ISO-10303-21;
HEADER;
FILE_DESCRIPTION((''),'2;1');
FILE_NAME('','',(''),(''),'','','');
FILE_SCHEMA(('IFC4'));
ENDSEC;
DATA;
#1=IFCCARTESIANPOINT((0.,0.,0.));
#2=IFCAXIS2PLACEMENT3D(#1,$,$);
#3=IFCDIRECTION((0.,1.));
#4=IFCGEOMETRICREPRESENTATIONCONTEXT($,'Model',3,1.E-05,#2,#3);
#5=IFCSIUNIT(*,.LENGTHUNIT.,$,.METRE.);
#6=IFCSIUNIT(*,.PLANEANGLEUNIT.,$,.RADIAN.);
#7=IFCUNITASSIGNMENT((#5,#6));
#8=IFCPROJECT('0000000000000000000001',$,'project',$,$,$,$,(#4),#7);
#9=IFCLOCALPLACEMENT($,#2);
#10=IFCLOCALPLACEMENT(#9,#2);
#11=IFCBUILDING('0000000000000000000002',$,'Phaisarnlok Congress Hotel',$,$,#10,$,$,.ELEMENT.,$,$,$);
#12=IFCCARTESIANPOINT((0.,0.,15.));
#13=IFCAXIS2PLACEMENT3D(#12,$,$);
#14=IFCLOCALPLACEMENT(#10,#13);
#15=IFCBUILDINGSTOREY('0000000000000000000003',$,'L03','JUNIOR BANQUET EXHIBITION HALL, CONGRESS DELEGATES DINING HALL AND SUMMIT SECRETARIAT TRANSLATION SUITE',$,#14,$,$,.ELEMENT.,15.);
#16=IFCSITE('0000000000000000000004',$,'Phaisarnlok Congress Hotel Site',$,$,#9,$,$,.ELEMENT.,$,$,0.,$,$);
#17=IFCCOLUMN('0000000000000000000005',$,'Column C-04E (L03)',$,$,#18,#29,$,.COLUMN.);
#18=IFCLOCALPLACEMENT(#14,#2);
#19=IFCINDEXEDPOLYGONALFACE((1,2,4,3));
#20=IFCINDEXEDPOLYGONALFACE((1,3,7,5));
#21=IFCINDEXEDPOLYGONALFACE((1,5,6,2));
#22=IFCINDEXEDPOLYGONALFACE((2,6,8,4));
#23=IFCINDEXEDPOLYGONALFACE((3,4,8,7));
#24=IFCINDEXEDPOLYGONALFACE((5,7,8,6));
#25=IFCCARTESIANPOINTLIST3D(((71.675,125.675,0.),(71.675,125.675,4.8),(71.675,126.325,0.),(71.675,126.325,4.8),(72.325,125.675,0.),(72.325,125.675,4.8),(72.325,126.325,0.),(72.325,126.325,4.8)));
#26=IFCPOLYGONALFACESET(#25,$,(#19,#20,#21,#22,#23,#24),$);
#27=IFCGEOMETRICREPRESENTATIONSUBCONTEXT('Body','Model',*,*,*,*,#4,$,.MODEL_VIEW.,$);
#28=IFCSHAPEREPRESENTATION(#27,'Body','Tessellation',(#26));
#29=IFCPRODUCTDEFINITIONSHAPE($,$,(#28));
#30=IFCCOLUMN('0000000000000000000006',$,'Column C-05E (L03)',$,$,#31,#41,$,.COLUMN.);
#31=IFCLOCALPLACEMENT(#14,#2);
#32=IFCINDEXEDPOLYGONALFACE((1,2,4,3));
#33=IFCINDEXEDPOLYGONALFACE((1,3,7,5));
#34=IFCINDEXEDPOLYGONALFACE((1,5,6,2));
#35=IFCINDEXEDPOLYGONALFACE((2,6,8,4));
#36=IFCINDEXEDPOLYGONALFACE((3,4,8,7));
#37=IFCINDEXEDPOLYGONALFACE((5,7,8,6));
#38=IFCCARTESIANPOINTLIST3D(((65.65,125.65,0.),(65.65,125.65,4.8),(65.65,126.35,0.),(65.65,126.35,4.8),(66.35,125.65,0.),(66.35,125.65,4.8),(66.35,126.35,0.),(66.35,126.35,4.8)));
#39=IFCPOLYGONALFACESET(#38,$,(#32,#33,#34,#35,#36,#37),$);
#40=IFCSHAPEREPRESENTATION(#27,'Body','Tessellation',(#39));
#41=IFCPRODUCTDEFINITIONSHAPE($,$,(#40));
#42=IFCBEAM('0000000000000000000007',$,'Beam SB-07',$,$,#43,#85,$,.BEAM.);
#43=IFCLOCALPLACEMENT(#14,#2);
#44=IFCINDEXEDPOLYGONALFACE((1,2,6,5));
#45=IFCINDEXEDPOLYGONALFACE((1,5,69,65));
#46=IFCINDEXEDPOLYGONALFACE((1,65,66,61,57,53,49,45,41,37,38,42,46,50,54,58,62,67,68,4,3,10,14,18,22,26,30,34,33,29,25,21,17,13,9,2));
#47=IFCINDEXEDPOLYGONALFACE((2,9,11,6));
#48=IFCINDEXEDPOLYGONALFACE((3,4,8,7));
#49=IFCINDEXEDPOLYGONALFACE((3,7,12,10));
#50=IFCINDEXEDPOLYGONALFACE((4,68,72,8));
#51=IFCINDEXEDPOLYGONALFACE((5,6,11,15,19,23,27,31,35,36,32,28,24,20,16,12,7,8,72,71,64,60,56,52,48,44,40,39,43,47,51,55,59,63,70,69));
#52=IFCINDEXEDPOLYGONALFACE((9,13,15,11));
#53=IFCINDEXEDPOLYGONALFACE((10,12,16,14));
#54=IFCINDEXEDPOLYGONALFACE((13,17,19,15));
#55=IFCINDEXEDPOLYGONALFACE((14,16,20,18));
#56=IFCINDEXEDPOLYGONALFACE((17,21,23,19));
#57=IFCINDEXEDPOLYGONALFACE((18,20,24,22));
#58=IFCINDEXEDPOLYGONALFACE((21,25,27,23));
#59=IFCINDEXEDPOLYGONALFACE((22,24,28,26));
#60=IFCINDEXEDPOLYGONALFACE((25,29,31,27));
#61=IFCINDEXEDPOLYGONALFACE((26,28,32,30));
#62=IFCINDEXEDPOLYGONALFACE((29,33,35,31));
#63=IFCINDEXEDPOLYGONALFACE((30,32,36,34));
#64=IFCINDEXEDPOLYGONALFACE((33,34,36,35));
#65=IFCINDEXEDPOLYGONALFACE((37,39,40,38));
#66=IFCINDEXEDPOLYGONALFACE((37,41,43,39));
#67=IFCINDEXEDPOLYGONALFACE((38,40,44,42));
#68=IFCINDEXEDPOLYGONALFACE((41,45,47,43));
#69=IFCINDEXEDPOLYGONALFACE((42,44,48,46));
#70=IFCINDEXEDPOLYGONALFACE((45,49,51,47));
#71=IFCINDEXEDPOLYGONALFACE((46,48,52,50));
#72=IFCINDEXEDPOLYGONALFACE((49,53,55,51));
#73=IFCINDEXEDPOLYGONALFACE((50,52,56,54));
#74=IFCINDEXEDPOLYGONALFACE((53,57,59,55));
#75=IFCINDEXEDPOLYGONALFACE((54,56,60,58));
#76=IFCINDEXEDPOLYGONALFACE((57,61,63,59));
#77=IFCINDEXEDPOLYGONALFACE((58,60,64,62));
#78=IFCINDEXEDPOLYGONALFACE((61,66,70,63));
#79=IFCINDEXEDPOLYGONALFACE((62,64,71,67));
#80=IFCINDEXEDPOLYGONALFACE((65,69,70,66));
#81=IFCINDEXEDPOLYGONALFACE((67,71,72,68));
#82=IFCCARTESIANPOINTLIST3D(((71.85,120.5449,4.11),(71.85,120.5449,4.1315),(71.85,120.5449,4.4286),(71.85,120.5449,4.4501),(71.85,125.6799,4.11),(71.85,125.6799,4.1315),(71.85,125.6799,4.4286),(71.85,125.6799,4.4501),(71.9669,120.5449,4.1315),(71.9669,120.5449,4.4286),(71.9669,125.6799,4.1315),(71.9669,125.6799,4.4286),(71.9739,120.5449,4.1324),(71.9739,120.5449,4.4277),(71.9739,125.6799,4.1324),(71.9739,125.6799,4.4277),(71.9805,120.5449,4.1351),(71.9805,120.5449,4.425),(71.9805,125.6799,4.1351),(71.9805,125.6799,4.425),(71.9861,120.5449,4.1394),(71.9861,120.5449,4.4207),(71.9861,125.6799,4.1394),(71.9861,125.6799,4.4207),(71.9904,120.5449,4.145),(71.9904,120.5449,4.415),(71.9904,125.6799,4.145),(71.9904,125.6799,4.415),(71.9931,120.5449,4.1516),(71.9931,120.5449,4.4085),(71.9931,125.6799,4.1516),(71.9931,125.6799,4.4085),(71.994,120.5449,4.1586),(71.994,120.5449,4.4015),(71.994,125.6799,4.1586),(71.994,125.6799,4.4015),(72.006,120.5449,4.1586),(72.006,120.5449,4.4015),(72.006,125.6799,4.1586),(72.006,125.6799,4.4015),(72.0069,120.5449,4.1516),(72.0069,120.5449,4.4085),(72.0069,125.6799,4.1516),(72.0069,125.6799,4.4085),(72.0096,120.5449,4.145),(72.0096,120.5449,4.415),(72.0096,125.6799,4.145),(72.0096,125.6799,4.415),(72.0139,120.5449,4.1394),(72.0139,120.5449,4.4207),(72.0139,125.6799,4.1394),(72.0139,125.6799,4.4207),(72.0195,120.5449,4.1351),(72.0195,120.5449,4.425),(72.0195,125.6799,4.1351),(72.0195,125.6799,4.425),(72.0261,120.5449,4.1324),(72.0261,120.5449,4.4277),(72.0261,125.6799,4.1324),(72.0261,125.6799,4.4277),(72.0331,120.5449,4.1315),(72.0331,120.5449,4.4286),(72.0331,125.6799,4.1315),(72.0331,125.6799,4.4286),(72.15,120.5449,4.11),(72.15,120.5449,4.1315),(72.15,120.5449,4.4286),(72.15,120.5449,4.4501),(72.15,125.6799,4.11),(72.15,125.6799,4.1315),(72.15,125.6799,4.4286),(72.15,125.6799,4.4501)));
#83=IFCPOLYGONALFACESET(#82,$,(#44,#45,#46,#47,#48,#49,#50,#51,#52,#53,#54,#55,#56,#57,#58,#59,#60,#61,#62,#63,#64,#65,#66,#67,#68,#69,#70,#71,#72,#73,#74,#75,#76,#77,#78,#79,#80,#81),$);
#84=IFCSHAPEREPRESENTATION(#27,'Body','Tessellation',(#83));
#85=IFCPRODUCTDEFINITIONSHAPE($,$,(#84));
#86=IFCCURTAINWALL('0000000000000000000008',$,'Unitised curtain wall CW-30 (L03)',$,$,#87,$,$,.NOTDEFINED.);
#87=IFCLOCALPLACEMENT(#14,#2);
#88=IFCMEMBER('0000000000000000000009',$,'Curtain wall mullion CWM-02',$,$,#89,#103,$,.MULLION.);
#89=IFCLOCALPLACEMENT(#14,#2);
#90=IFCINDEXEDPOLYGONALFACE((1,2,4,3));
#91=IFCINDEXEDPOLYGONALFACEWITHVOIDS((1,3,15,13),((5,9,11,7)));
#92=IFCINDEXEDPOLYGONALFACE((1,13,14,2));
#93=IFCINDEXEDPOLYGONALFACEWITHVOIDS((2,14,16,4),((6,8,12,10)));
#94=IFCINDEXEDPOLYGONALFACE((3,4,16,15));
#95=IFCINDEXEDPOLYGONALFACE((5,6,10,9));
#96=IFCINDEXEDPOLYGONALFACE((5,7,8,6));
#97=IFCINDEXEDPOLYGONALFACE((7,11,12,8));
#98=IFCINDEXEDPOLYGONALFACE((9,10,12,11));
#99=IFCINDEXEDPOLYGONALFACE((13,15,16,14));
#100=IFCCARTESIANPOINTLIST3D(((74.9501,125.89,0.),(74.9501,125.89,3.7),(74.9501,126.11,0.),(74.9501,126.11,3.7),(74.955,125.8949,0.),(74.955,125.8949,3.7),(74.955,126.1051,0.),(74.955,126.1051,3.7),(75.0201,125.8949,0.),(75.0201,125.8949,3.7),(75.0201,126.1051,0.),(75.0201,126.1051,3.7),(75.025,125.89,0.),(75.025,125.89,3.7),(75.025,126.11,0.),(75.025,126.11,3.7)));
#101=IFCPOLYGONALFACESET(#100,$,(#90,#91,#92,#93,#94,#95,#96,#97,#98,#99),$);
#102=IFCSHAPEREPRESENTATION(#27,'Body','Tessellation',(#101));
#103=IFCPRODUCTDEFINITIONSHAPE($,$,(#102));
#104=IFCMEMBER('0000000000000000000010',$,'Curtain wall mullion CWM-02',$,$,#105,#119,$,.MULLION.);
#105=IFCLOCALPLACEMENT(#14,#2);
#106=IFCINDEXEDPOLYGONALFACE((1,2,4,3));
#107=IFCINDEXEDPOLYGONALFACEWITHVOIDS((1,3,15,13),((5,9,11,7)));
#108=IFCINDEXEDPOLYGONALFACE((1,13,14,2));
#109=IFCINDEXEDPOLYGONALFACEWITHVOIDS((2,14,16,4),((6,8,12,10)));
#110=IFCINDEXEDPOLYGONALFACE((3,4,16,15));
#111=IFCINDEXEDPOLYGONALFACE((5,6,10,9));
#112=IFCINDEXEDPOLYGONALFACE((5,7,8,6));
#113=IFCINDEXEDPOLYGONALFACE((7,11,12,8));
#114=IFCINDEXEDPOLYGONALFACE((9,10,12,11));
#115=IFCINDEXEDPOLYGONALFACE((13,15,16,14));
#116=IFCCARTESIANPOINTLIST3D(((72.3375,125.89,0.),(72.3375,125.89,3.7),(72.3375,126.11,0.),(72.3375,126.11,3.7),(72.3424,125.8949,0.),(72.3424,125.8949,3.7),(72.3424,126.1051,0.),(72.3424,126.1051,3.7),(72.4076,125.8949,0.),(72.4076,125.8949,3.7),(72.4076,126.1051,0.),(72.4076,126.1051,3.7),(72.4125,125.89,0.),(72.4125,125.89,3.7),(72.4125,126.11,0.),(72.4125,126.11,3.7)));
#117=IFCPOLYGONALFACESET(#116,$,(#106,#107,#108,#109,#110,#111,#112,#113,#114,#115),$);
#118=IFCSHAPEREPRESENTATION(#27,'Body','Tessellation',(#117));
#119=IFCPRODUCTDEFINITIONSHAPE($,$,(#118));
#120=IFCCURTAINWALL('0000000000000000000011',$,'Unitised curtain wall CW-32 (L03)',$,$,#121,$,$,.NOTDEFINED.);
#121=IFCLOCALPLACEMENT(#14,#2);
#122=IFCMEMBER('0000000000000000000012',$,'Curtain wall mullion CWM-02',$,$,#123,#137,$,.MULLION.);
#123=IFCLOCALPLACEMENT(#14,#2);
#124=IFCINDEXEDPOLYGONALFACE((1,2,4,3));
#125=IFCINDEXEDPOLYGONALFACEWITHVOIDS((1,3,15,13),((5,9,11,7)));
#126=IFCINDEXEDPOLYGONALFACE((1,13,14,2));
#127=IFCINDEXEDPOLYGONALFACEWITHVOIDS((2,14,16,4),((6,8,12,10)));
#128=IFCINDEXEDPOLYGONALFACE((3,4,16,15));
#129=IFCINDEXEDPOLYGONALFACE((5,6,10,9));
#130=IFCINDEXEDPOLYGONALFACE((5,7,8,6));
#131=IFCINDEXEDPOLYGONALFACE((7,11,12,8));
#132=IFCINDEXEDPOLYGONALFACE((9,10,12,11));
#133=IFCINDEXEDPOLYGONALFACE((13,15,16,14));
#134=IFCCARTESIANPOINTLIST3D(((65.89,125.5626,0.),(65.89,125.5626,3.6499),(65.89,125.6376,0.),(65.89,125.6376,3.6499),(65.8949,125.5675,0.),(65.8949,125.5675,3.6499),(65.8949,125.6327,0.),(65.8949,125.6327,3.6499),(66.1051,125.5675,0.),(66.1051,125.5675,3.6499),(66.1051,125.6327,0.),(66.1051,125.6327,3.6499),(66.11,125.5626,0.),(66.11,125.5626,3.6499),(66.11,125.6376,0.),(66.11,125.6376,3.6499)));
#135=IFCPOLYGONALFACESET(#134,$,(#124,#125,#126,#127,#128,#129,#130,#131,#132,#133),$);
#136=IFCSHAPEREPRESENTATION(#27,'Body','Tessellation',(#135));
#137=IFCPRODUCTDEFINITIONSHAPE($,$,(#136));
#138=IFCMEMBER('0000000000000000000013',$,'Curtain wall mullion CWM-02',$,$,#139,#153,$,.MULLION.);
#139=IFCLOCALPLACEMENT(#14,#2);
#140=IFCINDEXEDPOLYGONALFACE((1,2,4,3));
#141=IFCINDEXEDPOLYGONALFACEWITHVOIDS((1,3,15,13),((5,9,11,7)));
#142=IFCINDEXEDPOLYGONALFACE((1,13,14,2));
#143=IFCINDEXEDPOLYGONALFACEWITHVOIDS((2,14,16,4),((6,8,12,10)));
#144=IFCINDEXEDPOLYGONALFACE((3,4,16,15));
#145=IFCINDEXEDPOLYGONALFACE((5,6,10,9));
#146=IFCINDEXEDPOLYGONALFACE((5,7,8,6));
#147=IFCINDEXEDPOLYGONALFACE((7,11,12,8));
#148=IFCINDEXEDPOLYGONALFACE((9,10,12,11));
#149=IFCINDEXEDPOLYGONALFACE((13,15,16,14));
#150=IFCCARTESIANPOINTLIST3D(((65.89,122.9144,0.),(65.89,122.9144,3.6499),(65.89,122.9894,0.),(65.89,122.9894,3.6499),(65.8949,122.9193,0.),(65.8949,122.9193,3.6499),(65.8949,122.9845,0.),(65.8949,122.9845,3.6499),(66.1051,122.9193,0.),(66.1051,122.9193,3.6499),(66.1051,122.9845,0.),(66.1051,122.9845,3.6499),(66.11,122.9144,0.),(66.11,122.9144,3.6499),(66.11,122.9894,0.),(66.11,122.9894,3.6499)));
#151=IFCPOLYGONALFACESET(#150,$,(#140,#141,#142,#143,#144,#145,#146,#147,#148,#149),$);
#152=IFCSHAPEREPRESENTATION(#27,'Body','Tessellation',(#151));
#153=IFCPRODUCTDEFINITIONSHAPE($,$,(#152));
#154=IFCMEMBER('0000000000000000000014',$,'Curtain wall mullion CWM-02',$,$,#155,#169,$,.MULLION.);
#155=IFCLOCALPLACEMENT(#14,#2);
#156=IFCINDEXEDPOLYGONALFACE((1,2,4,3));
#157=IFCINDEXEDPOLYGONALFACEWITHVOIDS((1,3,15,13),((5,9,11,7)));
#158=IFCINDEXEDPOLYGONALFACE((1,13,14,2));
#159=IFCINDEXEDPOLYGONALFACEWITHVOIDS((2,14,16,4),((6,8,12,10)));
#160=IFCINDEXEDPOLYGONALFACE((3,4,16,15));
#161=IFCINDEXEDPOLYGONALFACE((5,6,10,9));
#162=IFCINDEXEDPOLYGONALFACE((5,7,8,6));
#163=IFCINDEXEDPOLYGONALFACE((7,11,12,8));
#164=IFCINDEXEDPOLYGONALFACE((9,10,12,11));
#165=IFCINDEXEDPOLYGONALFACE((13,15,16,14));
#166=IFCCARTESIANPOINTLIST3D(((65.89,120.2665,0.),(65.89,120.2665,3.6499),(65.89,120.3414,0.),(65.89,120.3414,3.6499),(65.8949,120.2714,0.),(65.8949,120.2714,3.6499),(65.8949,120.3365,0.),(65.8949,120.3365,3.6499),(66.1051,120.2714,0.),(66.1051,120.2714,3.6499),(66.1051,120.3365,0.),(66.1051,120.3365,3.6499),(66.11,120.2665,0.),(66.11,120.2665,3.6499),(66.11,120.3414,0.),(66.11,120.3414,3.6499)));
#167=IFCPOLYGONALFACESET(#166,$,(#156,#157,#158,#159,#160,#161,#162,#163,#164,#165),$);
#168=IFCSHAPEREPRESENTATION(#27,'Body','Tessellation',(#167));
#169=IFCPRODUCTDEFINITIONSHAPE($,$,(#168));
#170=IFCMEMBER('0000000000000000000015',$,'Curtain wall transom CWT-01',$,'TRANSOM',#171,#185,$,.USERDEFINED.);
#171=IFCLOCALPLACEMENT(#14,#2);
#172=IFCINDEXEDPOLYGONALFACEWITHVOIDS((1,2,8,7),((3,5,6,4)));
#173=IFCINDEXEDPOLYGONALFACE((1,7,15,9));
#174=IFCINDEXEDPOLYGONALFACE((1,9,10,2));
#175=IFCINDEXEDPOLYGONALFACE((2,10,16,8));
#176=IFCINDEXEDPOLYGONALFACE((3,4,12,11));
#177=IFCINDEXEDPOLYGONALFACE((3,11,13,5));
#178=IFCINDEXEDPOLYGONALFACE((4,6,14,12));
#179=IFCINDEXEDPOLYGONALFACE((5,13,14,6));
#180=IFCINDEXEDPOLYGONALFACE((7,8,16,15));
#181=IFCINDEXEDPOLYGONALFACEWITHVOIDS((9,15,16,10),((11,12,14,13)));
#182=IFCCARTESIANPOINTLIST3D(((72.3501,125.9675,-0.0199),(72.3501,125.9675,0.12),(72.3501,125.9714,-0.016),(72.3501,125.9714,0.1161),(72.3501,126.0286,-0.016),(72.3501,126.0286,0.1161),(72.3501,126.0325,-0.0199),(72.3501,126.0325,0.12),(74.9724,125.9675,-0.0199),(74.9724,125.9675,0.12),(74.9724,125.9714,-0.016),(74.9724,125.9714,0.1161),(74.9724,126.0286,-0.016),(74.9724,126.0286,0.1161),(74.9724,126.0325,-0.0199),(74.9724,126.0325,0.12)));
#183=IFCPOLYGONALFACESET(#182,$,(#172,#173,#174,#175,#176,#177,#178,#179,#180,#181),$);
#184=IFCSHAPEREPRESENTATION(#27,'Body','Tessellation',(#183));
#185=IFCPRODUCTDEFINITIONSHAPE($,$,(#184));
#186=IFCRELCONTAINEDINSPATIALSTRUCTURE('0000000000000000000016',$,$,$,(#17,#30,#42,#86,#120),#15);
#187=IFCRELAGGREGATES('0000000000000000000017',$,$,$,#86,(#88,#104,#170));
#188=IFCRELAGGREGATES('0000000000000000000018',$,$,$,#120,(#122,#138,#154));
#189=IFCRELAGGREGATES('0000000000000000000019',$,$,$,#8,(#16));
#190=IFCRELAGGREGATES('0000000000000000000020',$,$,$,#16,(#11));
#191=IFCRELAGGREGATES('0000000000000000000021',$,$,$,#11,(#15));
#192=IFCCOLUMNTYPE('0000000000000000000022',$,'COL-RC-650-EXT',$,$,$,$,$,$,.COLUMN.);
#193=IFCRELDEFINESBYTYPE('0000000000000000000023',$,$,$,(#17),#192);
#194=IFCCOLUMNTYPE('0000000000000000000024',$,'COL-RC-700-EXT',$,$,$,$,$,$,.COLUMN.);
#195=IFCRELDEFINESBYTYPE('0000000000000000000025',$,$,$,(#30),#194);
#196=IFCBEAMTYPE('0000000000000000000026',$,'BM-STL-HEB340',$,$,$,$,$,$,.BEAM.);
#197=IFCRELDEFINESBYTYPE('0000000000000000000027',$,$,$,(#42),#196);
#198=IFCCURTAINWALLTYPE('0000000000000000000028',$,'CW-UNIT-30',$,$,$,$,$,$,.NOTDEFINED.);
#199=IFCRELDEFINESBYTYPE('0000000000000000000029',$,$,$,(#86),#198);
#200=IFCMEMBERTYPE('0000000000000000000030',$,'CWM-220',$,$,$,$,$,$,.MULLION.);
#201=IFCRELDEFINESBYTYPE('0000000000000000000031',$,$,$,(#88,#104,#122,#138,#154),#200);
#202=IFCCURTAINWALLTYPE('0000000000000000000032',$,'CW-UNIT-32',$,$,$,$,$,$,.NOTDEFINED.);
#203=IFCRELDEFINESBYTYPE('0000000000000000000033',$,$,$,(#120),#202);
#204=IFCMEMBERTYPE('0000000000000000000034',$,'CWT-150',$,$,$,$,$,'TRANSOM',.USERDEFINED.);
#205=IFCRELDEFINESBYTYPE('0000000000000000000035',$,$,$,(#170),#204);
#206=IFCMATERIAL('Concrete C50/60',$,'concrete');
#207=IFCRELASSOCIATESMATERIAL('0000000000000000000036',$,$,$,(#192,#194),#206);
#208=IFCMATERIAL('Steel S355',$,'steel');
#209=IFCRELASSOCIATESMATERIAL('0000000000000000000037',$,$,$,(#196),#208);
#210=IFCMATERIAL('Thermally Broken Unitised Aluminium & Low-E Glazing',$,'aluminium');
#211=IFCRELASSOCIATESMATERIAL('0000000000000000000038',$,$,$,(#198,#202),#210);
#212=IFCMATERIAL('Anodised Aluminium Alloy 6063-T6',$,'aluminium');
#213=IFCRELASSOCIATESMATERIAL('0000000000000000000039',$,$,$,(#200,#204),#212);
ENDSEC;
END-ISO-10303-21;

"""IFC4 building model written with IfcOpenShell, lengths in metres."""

from ifc_helpers import new_model, si_unit, direction, frame, origin, origin_2d, place, context, subcontext, project, spatial, rectangle, hollow_rectangle, i_section, extrude, material, material_profile, profile_set, type_object, element, aggregate, save


model = new_model("IFC4")

# Units and contexts
model_context = context("Model", 3, precision=1e-05, world=origin(), true_north=direction((0.0, 1.0)))
body_context = subcontext(model_context, "Body", "Model", "MODEL_VIEW")
ifc_project = project(units=[si_unit("LENGTHUNIT", "METRE"), si_unit("PLANEANGLEUNIT", "RADIAN")], contexts=[model_context])

# Site, building, storey
site_placement = place(None, origin())
site = spatial("IfcSite", under=ifc_project, at=site_placement, Name="Phaisarnlok Congress Hotel Site", CompositionType="ELEMENT", RefElevation=0.0)
building_placement = place(site_placement, origin())
building = spatial("IfcBuilding", under=site, at=building_placement, Name="Phaisarnlok Congress Hotel", CompositionType="ELEMENT")
storey_placement = place(building_placement, frame((0.0, 0.0, 15.0)))
storey = spatial("IfcBuildingStorey", under=building, at=storey_placement, Name="L03", Description="JUNIOR BANQUET EXHIBITION HALL, CONGRESS DELEGATES DINING HALL AND SUMMIT SECRETARIAT TRANSLATION SUITE", CompositionType="ELEMENT", Elevation=15.0)

# Columns
ifc_material_1 = material(Name="Concrete C50/60", Category="concrete")
ifc_material_profile_1 = material_profile(ifc_material_1, rectangle(XDim=0.6499, YDim=0.6499, at=origin_2d()), Name="RC 650x650")
ifc_profile_set_1 = profile_set([ifc_material_profile_1], Name="Concrete C50/60")
column_type_1 = type_object("IfcColumnType", Name="COL-RC-650-EXT", PredefinedType="COLUMN", material=ifc_profile_set_1)
column_1_placement = place(storey_placement, frame((72.0, 126.0, 0.0), z_axis=(0.0, 0.0, 1.0), x_axis=(1.0, 0.0, 0.0)))
element("IfcColumn", 1, at=column_1_placement, inside=storey, type_object=column_type_1, Name="Column C-04E (L03)", PredefinedType="COLUMN", context=body_context, shape_type="SweptSolid", body=[
    extrude(rectangle(XDim=0.6499, YDim=0.6499, at=origin_2d()), origin(), (0.0, 0.0, 1.0), 4.8),
])
ifc_material_profile_2 = material_profile(ifc_material_1, rectangle(XDim=0.7, YDim=0.7, at=origin_2d()), Name="RC 700x700")
ifc_profile_set_2 = profile_set([ifc_material_profile_2], Name="Concrete C50/60")
column_type_2 = type_object("IfcColumnType", Name="COL-RC-700-EXT", PredefinedType="COLUMN", material=ifc_profile_set_2)
column_2_placement = place(storey_placement, frame((66.0, 126.0, 0.0), z_axis=(0.0, 0.0, 1.0), x_axis=(1.0, 0.0, 0.0)))
element("IfcColumn", 2, at=column_2_placement, inside=storey, type_object=column_type_2, Name="Column C-05E (L03)", PredefinedType="COLUMN", context=body_context, shape_type="SweptSolid", body=[
    extrude(rectangle(XDim=0.7, YDim=0.7, at=origin_2d()), origin(), (0.0, 0.0, 1.0), 4.8),
])

# Beam
ifc_material_2 = material(Name="Steel S355", Category="steel")
ifc_material_profile_3 = material_profile(ifc_material_2, i_section(OverallWidth=0.3, OverallDepth=0.3401, WebThickness=0.012, FlangeThickness=0.0215, FilletRadius=0.0271, at=origin_2d()), Name="HEB 340")
ifc_profile_set_3 = profile_set([ifc_material_profile_3], Name="Steel S355")
beam_type_1 = type_object("IfcBeamType", Name="BM-STL-HEB340", PredefinedType="BEAM", material=ifc_profile_set_3)
beam_1_placement = place(storey_placement, frame((72.0, 120.5449, 4.28), z_axis=(0.0, 1.0, 0.0), x_axis=(-1.0, 0.0, 0.0)))
element("IfcBeam", 3, at=beam_1_placement, inside=storey, type_object=beam_type_1, Name="Beam SB-07", PredefinedType="BEAM", context=body_context, shape_type="SweptSolid", body=[
    extrude(i_section(OverallWidth=0.3, OverallDepth=0.3401, WebThickness=0.012, FlangeThickness=0.0215, FilletRadius=0.0271, at=origin_2d()), origin(), (0.0, 0.0, 1.0), 5.135),
])

# Curtain walls, members
ifc_material_3 = material(Name="Thermally Broken Unitised Aluminium & Low-E Glazing", Category="aluminium")
curtain_wall_type_1 = type_object("IfcCurtainWallType", Name="CW-UNIT-30", PredefinedType="NOTDEFINED", material=ifc_material_3)
curtain_wall_1_placement = place(storey_placement, origin())
curtain_wall_1 = element("IfcCurtainWall", 4, at=curtain_wall_1_placement, inside=storey, type_object=curtain_wall_type_1, Name="Unitised curtain wall CW-30 (L03)", PredefinedType="NOTDEFINED")
ifc_material_4 = material(Name="Anodised Aluminium Alloy 6063-T6", Category="aluminium")
ifc_material_profile_4 = material_profile(ifc_material_4, hollow_rectangle(XDim=0.075, YDim=0.22, WallThickness=0.0049, at=origin_2d()), Name="ALU-M 75x220x5")
ifc_profile_set_4 = profile_set([ifc_material_profile_4], Name="Anodised Aluminium Alloy 6063-T6")
member_type_1 = type_object("IfcMemberType", Name="CWM-220", PredefinedType="MULLION", material=ifc_profile_set_4)
member_1_placement = place(storey_placement, frame((74.9875, 126.0, 0.0), z_axis=(0.0, 0.0, 1.0), x_axis=(-1.0, 0.0, 0.0)))
member_1 = element("IfcMember", 5, at=member_1_placement, type_object=member_type_1, Name="Curtain wall mullion CWM-02", PredefinedType="MULLION", context=body_context, shape_type="SweptSolid", body=[
    extrude(hollow_rectangle(XDim=0.075, YDim=0.22, WallThickness=0.0049, at=origin_2d()), origin(), (0.0, 0.0, 1.0), 3.7),
])
member_2_placement = place(storey_placement, frame((72.375, 126.0, 0.0), z_axis=(0.0, 0.0, 1.0), x_axis=(-1.0, 0.0, 0.0)))
member_2 = element("IfcMember", 6, at=member_2_placement, type_object=member_type_1, Name="Curtain wall mullion CWM-02", PredefinedType="MULLION", context=body_context, shape_type="SweptSolid", body=[
    extrude(hollow_rectangle(XDim=0.075, YDim=0.22, WallThickness=0.0049, at=origin_2d()), origin(), (0.0, 0.0, 1.0), 3.7),
])
curtain_wall_type_2 = type_object("IfcCurtainWallType", Name="CW-UNIT-32", PredefinedType="NOTDEFINED", material=ifc_material_3)
curtain_wall_2_placement = place(storey_placement, origin())
curtain_wall_2 = element("IfcCurtainWall", 7, at=curtain_wall_2_placement, inside=storey, type_object=curtain_wall_type_2, Name="Unitised curtain wall CW-32 (L03)", PredefinedType="NOTDEFINED")
member_3_placement = place(storey_placement, frame((66.0, 125.6001, 0.0), z_axis=(0.0, 0.0, 1.0), x_axis=(0.0, -1.0, 0.0)))
member_3 = element("IfcMember", 8, at=member_3_placement, type_object=member_type_1, Name="Curtain wall mullion CWM-02", PredefinedType="MULLION", context=body_context, shape_type="SweptSolid", body=[
    extrude(hollow_rectangle(XDim=0.075, YDim=0.22, WallThickness=0.0049, at=origin_2d()), origin(), (0.0, 0.0, 1.0), 3.6499),
])
member_4_placement = place(storey_placement, frame((66.0, 122.9519, 0.0), z_axis=(0.0, 0.0, 1.0), x_axis=(0.0, -1.0, 0.0)))
member_4 = element("IfcMember", 9, at=member_4_placement, type_object=member_type_1, Name="Curtain wall mullion CWM-02", PredefinedType="MULLION", context=body_context, shape_type="SweptSolid", body=[
    extrude(hollow_rectangle(XDim=0.075, YDim=0.22, WallThickness=0.0049, at=origin_2d()), origin(), (0.0, 0.0, 1.0), 3.6499),
])
member_5_placement = place(storey_placement, frame((66.0, 120.304, 0.0), z_axis=(0.0, 0.0, 1.0), x_axis=(0.0, -1.0, 0.0)))
member_5 = element("IfcMember", 10, at=member_5_placement, type_object=member_type_1, Name="Curtain wall mullion CWM-02", PredefinedType="MULLION", context=body_context, shape_type="SweptSolid", body=[
    extrude(hollow_rectangle(XDim=0.075, YDim=0.22, WallThickness=0.0049, at=origin_2d()), origin(), (0.0, 0.0, 1.0), 3.6499),
])

# Member
ifc_material_profile_5 = material_profile(ifc_material_4, hollow_rectangle(XDim=0.0649, YDim=0.1399, WallThickness=0.0039, at=origin_2d()), Name="ALU-T 65x140x4")
ifc_profile_set_5 = profile_set([ifc_material_profile_5], Name="Anodised Aluminium Alloy 6063-T6")
member_type_2 = type_object("IfcMemberType", Name="CWT-150", ElementType="TRANSOM", PredefinedType="USERDEFINED", material=ifc_profile_set_5)
member_6_placement = place(storey_placement, frame((74.9724, 126.0, 0.05), z_axis=(-1.0, 0.0, 0.0), x_axis=(0.0, -1.0, 0.0)))
member_6 = element("IfcMember", 11, at=member_6_placement, type_object=member_type_2, Name="Curtain wall transom CWT-01", ObjectType="TRANSOM", PredefinedType="USERDEFINED", context=body_context, shape_type="SweptSolid", body=[
    extrude(hollow_rectangle(XDim=0.0649, YDim=0.1399, WallThickness=0.0039, at=origin_2d()), origin(), (0.0, 0.0, 1.0), 2.6223),
])

aggregate(curtain_wall_1, [member_1, member_2, member_6])
aggregate(curtain_wall_2, [member_3, member_4, member_5])

save(model, "model.ifc")
